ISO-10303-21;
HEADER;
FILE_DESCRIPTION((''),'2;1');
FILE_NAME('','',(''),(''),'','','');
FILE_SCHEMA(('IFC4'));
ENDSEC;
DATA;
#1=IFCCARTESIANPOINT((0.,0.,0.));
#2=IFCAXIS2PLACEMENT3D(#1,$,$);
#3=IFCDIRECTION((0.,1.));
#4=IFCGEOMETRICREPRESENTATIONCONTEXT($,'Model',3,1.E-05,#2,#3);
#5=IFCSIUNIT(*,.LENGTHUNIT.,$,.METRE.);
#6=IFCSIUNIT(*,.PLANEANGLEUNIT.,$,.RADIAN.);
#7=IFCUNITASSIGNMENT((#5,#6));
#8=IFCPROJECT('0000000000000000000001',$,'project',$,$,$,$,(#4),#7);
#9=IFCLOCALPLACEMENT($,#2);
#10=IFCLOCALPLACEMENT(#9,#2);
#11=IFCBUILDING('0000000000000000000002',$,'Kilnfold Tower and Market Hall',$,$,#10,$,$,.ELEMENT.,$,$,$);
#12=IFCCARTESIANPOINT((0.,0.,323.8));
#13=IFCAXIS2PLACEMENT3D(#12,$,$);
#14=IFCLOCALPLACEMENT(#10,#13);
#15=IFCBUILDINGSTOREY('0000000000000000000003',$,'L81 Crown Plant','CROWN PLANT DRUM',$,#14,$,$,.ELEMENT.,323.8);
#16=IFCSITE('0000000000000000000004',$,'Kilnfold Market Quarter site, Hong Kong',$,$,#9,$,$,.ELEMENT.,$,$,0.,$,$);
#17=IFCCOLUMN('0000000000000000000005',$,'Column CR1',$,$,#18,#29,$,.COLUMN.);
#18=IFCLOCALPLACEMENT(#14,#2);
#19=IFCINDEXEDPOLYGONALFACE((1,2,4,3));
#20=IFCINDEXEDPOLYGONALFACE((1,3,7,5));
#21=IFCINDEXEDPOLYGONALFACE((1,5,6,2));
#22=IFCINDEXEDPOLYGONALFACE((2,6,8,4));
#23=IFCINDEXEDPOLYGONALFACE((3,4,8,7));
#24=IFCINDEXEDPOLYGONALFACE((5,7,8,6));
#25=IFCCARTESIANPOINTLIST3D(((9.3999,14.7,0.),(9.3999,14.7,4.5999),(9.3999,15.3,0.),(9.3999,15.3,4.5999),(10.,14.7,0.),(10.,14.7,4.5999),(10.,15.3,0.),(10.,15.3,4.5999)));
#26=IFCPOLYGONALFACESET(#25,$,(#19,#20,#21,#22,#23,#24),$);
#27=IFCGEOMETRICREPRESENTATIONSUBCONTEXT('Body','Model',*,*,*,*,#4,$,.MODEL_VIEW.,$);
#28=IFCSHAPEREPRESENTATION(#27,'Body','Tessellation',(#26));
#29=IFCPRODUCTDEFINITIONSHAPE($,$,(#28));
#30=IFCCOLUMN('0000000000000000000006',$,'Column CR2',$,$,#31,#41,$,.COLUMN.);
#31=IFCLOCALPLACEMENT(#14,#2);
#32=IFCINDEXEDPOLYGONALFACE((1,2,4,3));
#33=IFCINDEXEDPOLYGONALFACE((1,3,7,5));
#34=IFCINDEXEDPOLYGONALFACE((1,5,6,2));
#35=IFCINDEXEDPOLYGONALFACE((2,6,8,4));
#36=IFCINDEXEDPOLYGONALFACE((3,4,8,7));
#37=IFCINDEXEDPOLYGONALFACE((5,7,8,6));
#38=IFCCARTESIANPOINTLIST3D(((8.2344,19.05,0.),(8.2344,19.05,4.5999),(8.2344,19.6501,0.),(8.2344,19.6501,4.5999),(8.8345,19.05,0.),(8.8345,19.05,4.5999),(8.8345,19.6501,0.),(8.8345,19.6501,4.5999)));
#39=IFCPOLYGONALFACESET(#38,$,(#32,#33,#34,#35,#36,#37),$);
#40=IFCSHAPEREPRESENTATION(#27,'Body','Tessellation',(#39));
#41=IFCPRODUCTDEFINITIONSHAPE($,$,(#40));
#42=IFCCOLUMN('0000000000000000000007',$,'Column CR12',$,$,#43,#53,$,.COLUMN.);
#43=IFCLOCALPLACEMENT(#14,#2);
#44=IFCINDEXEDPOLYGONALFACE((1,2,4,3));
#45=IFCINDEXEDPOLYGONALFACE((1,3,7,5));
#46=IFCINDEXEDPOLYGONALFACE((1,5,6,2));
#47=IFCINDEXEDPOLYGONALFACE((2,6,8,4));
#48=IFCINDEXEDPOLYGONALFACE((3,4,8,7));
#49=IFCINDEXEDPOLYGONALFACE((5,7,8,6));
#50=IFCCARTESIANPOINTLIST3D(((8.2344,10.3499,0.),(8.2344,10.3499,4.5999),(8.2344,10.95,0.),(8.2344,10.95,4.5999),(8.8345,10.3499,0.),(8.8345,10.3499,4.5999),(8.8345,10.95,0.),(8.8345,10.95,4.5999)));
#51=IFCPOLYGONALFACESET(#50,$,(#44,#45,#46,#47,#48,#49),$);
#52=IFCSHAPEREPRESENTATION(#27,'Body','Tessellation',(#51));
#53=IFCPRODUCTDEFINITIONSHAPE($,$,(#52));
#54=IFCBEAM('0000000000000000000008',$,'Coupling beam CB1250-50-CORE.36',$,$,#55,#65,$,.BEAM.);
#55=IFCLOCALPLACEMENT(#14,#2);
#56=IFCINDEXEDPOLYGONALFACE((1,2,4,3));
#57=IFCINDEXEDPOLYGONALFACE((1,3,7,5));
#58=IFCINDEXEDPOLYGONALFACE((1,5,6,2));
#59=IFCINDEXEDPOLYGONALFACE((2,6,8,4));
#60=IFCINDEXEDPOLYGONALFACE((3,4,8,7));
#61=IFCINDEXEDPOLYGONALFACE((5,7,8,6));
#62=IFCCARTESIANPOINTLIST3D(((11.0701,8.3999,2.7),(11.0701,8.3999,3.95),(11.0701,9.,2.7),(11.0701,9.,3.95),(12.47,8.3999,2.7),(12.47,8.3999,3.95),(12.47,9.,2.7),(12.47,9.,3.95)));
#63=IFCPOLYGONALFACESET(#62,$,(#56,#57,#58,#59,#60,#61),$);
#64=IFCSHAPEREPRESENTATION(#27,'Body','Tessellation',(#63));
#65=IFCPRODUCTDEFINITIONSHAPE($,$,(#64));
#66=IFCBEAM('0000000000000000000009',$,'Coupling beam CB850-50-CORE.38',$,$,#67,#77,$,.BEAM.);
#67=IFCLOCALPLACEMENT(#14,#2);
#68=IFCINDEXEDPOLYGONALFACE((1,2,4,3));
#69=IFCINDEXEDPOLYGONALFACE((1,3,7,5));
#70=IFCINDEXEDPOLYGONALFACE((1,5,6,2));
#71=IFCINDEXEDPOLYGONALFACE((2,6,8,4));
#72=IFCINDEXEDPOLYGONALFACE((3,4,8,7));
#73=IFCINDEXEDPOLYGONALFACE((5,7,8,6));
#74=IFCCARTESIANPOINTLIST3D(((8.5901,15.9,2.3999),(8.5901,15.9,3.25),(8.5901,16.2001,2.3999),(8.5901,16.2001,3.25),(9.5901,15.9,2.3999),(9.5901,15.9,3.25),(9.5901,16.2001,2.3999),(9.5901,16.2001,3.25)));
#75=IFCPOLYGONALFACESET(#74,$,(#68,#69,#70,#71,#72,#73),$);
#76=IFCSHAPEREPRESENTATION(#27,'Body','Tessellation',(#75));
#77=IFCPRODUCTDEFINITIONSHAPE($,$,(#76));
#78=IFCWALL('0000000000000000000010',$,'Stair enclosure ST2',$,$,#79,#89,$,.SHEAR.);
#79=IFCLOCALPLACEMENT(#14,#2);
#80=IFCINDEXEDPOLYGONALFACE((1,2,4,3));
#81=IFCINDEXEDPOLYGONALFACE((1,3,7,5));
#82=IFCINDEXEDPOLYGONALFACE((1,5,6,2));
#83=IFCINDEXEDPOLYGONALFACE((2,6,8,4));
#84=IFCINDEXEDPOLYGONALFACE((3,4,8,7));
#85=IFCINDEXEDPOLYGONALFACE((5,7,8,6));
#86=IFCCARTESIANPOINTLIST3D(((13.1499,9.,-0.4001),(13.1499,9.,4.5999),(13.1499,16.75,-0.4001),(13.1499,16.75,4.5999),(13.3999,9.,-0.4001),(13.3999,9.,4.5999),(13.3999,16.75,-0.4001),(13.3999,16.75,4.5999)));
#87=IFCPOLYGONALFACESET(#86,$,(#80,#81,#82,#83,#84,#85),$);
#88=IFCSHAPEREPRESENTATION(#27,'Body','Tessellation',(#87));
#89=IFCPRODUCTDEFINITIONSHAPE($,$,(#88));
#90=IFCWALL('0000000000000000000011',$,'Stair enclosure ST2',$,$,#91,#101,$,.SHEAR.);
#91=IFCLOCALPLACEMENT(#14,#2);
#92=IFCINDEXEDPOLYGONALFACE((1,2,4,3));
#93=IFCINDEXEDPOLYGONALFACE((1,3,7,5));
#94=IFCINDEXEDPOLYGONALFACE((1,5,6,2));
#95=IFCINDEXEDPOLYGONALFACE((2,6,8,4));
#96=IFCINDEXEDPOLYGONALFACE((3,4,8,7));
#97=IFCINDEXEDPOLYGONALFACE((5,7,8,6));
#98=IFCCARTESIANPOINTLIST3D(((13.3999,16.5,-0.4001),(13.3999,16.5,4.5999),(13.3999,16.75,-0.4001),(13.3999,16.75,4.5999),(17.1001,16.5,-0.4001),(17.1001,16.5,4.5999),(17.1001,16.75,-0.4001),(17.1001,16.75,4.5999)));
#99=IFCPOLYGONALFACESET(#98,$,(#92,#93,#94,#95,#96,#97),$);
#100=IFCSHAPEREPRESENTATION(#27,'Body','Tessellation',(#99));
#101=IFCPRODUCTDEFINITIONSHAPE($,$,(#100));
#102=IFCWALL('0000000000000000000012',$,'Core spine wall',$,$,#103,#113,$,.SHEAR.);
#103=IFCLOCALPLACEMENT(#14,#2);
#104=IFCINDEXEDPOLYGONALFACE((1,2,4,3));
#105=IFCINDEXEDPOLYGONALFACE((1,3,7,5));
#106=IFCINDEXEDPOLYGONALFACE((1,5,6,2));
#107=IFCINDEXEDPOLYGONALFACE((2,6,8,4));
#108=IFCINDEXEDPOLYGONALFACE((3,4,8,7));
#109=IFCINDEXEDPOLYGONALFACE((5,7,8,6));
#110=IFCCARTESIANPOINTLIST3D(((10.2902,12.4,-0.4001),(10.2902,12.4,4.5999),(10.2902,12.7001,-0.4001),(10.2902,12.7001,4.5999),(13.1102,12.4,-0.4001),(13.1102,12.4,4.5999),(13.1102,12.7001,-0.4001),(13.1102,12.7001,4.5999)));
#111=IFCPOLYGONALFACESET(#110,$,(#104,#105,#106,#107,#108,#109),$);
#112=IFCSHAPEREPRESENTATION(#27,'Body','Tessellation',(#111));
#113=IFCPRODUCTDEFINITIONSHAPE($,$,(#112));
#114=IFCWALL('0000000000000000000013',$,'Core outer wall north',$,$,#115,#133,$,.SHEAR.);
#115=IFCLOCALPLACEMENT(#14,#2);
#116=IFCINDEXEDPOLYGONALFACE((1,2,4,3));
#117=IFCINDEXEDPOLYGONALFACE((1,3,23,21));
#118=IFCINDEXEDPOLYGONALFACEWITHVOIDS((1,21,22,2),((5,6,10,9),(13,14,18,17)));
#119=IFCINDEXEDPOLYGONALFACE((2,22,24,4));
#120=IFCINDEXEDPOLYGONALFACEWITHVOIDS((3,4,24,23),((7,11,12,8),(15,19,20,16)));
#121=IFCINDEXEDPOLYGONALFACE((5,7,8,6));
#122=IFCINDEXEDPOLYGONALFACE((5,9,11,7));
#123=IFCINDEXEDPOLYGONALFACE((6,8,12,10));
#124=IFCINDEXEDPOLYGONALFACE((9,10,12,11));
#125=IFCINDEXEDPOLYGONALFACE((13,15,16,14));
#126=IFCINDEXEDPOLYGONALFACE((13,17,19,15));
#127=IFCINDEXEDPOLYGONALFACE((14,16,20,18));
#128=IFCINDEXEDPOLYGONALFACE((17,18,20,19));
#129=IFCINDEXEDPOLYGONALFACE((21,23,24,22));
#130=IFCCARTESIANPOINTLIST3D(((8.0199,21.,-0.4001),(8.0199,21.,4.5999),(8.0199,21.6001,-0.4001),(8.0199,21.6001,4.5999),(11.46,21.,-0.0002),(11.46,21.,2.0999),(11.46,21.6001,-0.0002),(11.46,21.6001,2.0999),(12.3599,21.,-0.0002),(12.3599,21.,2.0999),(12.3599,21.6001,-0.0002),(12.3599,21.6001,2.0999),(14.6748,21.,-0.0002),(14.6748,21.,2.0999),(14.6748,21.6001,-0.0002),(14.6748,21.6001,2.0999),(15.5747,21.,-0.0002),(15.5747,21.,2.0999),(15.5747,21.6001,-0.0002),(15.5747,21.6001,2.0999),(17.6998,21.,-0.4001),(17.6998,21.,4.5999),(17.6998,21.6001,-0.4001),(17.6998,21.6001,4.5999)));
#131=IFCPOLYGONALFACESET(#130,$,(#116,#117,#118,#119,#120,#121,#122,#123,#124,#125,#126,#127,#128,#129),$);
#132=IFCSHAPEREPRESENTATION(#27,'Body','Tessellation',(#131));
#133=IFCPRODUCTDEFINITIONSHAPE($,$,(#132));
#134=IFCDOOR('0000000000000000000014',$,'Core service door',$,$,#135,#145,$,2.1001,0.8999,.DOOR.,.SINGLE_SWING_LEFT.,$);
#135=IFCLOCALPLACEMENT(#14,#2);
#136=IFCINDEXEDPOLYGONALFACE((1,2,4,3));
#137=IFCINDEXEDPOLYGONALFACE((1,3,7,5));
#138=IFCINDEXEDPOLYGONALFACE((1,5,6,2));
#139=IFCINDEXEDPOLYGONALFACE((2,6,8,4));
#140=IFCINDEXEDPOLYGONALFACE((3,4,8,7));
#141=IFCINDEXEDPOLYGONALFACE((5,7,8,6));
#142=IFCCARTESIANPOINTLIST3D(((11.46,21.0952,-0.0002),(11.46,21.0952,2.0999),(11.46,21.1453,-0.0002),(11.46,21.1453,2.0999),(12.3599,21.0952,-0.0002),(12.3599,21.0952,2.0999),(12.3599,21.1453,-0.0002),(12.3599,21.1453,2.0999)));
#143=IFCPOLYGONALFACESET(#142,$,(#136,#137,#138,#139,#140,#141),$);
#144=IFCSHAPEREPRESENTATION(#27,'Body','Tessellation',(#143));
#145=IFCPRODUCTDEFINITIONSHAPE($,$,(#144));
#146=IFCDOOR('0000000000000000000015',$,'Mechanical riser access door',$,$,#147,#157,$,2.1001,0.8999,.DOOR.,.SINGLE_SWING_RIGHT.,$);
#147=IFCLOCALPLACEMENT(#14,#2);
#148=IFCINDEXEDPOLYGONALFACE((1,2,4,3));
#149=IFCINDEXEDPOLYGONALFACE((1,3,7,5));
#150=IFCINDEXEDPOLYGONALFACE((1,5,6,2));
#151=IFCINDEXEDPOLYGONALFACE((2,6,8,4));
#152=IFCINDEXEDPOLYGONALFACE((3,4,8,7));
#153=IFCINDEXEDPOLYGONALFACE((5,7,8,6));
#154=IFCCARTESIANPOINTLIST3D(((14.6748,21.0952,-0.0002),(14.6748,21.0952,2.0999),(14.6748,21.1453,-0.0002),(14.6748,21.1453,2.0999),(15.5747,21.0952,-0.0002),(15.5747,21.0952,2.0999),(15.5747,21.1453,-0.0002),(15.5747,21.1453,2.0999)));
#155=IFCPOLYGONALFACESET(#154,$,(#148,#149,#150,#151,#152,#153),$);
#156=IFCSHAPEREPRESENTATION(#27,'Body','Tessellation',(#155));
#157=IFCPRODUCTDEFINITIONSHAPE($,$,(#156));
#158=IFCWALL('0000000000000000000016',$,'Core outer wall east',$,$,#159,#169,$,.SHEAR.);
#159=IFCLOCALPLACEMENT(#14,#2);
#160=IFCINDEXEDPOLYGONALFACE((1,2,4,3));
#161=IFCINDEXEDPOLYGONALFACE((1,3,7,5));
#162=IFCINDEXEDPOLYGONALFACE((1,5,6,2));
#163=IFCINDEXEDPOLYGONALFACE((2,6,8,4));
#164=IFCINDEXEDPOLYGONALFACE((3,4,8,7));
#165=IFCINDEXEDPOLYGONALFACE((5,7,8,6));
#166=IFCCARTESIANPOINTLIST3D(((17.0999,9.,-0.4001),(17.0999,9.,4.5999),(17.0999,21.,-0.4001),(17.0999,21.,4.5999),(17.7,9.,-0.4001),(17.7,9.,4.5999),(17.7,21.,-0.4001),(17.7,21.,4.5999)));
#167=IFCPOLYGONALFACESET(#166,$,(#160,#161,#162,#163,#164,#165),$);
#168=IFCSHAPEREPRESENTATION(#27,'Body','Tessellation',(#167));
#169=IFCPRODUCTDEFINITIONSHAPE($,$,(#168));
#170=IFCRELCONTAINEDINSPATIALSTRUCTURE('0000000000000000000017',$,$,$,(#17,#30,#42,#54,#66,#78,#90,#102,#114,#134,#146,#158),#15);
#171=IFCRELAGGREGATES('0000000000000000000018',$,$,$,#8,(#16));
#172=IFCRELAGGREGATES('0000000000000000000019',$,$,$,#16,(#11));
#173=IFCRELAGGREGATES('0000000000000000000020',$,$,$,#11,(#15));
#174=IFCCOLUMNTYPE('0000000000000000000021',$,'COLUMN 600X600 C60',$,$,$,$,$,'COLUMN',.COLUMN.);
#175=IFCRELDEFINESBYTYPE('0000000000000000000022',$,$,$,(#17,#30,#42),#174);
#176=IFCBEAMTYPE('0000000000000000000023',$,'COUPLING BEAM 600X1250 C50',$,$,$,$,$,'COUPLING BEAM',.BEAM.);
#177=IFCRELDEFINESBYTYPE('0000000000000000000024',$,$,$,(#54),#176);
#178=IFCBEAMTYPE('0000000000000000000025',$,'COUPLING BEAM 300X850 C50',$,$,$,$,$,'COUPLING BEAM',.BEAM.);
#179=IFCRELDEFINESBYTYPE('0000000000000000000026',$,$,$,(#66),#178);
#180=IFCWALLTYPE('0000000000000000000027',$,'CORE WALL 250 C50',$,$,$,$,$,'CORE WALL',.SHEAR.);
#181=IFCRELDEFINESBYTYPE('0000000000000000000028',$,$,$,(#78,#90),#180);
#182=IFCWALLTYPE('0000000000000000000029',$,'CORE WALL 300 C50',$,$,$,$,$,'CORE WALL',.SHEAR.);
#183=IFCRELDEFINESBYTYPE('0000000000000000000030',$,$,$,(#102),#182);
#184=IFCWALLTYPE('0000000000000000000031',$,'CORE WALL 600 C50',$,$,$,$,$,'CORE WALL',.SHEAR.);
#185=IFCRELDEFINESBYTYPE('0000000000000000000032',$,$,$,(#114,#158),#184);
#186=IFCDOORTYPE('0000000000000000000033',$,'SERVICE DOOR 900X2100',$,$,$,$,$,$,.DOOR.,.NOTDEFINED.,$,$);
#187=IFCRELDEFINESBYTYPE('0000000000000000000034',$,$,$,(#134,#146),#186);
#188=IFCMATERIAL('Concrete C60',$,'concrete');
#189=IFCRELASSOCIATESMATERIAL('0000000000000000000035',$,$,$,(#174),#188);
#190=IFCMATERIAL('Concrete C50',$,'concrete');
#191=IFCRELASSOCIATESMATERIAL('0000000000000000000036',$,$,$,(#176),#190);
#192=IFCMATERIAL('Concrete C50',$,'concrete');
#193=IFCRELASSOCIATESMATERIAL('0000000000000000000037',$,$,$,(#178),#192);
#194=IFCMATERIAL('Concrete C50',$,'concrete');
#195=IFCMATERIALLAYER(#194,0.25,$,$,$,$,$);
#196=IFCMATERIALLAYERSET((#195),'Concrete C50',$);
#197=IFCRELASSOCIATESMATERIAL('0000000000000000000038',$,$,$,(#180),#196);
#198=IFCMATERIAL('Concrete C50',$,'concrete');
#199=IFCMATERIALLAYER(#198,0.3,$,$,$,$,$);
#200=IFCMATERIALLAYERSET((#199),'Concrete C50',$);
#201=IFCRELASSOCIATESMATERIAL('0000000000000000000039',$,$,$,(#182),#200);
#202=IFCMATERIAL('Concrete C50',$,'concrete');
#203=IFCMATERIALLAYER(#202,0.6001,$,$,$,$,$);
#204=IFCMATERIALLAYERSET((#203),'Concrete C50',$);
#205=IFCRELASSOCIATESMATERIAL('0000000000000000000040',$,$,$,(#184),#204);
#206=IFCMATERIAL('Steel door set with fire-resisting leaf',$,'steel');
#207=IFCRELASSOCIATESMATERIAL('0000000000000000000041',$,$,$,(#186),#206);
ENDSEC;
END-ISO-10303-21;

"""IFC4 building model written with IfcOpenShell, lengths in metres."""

from ifc_helpers import new_model, si_unit, direction, frame, frame_2d, origin, origin_2d, place, context, subcontext, project, spatial, rectangle, extrude, source, transform, mapped, material, layer, layer_set, material_profile, profile_set, type_object, element, fill, save


model = new_model("IFC4")

# Units and contexts
model_context = context("Model", 3, precision=1e-05, world=origin(), true_north=direction((0.0, 1.0)))
body_context = subcontext(model_context, "Body", "Model", "MODEL_VIEW")
ifc_project = project(units=[si_unit("LENGTHUNIT", "METRE"), si_unit("PLANEANGLEUNIT", "RADIAN")], contexts=[model_context])

# Site, building, storey
site_placement = place(None, origin())
site = spatial("IfcSite", under=ifc_project, at=site_placement, Name="Kilnfold Market Quarter site, Hong Kong", CompositionType="ELEMENT", RefElevation=0.0)
building_placement = place(site_placement, origin())
building = spatial("IfcBuilding", under=site, at=building_placement, Name="Kilnfold Tower and Market Hall", CompositionType="ELEMENT")
storey_placement = place(building_placement, frame((0.0, 0.0, 323.8)))
storey = spatial("IfcBuildingStorey", under=building, at=storey_placement, Name="L81 Crown Plant", Description="CROWN PLANT DRUM", CompositionType="ELEMENT", Elevation=323.8)

# Columns
ifc_material_1 = material(Name="Concrete C60", Category="concrete")
ifc_material_profile_1 = material_profile(ifc_material_1, rectangle(XDim=0.6001, YDim=0.6001, at=origin_2d()), Name="RC 600x600")
ifc_profile_set_1 = profile_set([ifc_material_profile_1], Name="Concrete C60")
column_type = type_object("IfcColumnType", Name="COLUMN 600X600 C60", ElementType="COLUMN", PredefinedType="COLUMN", material=ifc_profile_set_1)
shared_shape_1 = source(origin(), body_context, "Body", "SweptSolid", [
    extrude(rectangle(XDim=0.6001, YDim=0.6001, at=origin_2d()), origin(), (0.0, 0.0, 1.0), 4.5999),
])
for number, where, z_axis, x_axis, name in (
    (1, (9.7, 15.0, 0.0), (0.0, 0.0, 1.0), (1.0, 0.0, 0.0), "Column CR1"),
    (2, (8.5344, 19.3501, 0.0), (0.0, 0.0, 1.0), (1.0, 0.0, 0.0), "Column CR2"),
    (3, (8.5344, 10.6499, 0.0), (0.0, 0.0, 1.0), (1.0, 0.0, 0.0), "Column CR12"),
):
    element("IfcColumn", number, at=place(storey_placement, frame(where, z_axis=z_axis, x_axis=x_axis)), inside=storey, type_object=column_type, Name=name, PredefinedType="COLUMN", context=body_context, shape_type="MappedRepresentation", body=[
        mapped(shared_shape_1, transform((0.0, 0.0, 0.0))),
    ])

# Beams
ifc_material_2 = material(Name="Concrete C50", Category="concrete")
ifc_material_profile_2 = material_profile(ifc_material_2, rectangle(XDim=0.6001, YDim=1.25, at=origin_2d()), Name="RC 600x1250")
ifc_profile_set_2 = profile_set([ifc_material_profile_2], Name="Concrete C50")
beam_type_1 = type_object("IfcBeamType", Name="COUPLING BEAM 600X1250 C50", ElementType="COUPLING BEAM", PredefinedType="BEAM", material=ifc_profile_set_2)
shared_shape_2 = source(origin(), body_context, "Body", "SweptSolid", [
    extrude(rectangle(XDim=0.6001, YDim=1.25, at=origin_2d()), origin(), (0.0, 0.0, 1.0), 1.3999),
])
beam_1_placement = place(storey_placement, frame((11.0701, 8.7, 3.325), z_axis=(1.0, 0.0, 0.0), x_axis=(0.0, 1.0, 0.0)))
element("IfcBeam", 4, at=beam_1_placement, inside=storey, type_object=beam_type_1, Name="Coupling beam CB1250-50-CORE.36", PredefinedType="BEAM", context=body_context, shape_type="MappedRepresentation", body=[
    mapped(shared_shape_2, transform((0.0, 0.0, 0.0))),
])
ifc_material_3 = material(Name="Concrete C50", Category="concrete")
ifc_material_profile_3 = material_profile(ifc_material_3, rectangle(XDim=0.3, YDim=0.8501, at=origin_2d()), Name="RC 300x850")
ifc_profile_set_3 = profile_set([ifc_material_profile_3], Name="Concrete C50")
beam_type_2 = type_object("IfcBeamType", Name="COUPLING BEAM 300X850 C50", ElementType="COUPLING BEAM", PredefinedType="BEAM", material=ifc_profile_set_3)
shared_shape_3 = source(origin(), body_context, "Body", "SweptSolid", [
    extrude(rectangle(XDim=0.3, YDim=0.8501, at=origin_2d()), origin(), (0.0, 0.0, 1.0), 1.0),
])
beam_2_placement = place(storey_placement, frame((8.5901, 16.05, 2.825), z_axis=(1.0, 0.0, 0.0), x_axis=(0.0, 1.0, 0.0)))
element("IfcBeam", 5, at=beam_2_placement, inside=storey, type_object=beam_type_2, Name="Coupling beam CB850-50-CORE.38", PredefinedType="BEAM", context=body_context, shape_type="MappedRepresentation", body=[
    mapped(shared_shape_3, transform((0.0, 0.0, 0.0))),
])

# Walls
ifc_material_4 = material(Name="Concrete C50", Category="concrete")
ifc_layer_1 = layer(ifc_material_4, 0.25)
ifc_layer_set_1 = layer_set([ifc_layer_1], Name="Concrete C50")
wall_type_1 = type_object("IfcWallType", Name="CORE WALL 250 C50", ElementType="CORE WALL", PredefinedType="SHEAR", material=ifc_layer_set_1)
shared_shape_4 = source(origin(), body_context, "Body", "SweptSolid", [
    extrude(rectangle(XDim=7.75, YDim=0.25, at=frame_2d((3.875, 0.0))), origin(), (0.0, 0.0, 1.0), 5.0),
])
wall_1_placement = place(storey_placement, frame((13.2749, 9.0, -0.4001), z_axis=(0.0, 0.0, 1.0), x_axis=(0.0, 1.0, 0.0)))
element("IfcWall", 6, at=wall_1_placement, inside=storey, type_object=wall_type_1, Name="Stair enclosure ST2", PredefinedType="SHEAR", context=body_context, shape_type="MappedRepresentation", body=[
    mapped(shared_shape_4, transform((0.0, 0.0, 0.0))),
])
shared_shape_5 = source(origin(), body_context, "Body", "SweptSolid", [
    extrude(rectangle(XDim=3.7002, YDim=0.25, at=frame_2d((1.8501, 0.0))), origin(), (0.0, 0.0, 1.0), 5.0),
])
wall_2_placement = place(storey_placement, frame((13.3999, 16.625, -0.4001), z_axis=(0.0, 0.0, 1.0), x_axis=(1.0, 0.0, 0.0)))
element("IfcWall", 7, at=wall_2_placement, inside=storey, type_object=wall_type_1, Name="Stair enclosure ST2", PredefinedType="SHEAR", context=body_context, shape_type="MappedRepresentation", body=[
    mapped(shared_shape_5, transform((0.0, 0.0, 0.0))),
])
ifc_material_5 = material(Name="Concrete C50", Category="concrete")
ifc_layer_2 = layer(ifc_material_5, 0.3)
ifc_layer_set_2 = layer_set([ifc_layer_2], Name="Concrete C50")
wall_type_2 = type_object("IfcWallType", Name="CORE WALL 300 C50", ElementType="CORE WALL", PredefinedType="SHEAR", material=ifc_layer_set_2)
shared_shape_6 = source(origin(), body_context, "Body", "SweptSolid", [
    extrude(rectangle(XDim=2.8201, YDim=0.3, at=frame_2d((1.4102, 0.0))), origin(), (0.0, 0.0, 1.0), 5.0),
])
wall_3_placement = place(storey_placement, frame((10.29, 12.55, -0.4001), z_axis=(0.0, 0.0, 1.0), x_axis=(1.0, 0.0, 0.0)))
element("IfcWall", 8, at=wall_3_placement, inside=storey, type_object=wall_type_2, Name="Core spine wall", PredefinedType="SHEAR", context=body_context, shape_type="MappedRepresentation", body=[
    mapped(shared_shape_6, transform((0.0, 0.0, 0.0))),
])

# Wall, openings, doors
ifc_material_6 = material(Name="Concrete C50", Category="concrete")
ifc_layer_3 = layer(ifc_material_6, 0.6001)
ifc_layer_set_3 = layer_set([ifc_layer_3], Name="Concrete C50")
wall_type_3 = type_object("IfcWallType", Name="CORE WALL 600 C50", ElementType="CORE WALL", PredefinedType="SHEAR", material=ifc_layer_set_3)
shared_shape_7 = source(origin(), body_context, "Body", "SweptSolid", [
    extrude(rectangle(XDim=9.6799, YDim=0.6001, at=frame_2d((4.8398, 0.0))), origin(), (0.0, 0.0, 1.0), 5.0),
])
wall_4_placement = place(storey_placement, frame((8.02, 21.3, -0.4001), z_axis=(0.0, 0.0, 1.0), x_axis=(1.0, 0.0, 0.0)))
wall_4 = element("IfcWall", 9, at=wall_4_placement, inside=storey, type_object=wall_type_3, Name="Core outer wall north", PredefinedType="SHEAR", context=body_context, shape_type="MappedRepresentation", body=[
    mapped(shared_shape_7, transform((0.0, 0.0, 0.0))),
])
opening_1_placement = place(wall_4_placement, frame((3.4399, 0.0, 0.3999)))
opening_1 = element("IfcOpeningElement", 10, at=opening_1_placement, cuts=wall_4, PredefinedType="OPENING", context=body_context, shape_type="SweptSolid", body=[
    extrude(rectangle(XDim=0.8999, YDim=2.1001, at=frame_2d((0.45, 1.05))), frame((0.0, 0.3101, 0.0), z_axis=(0.0, -1.0, 0.0), x_axis=(1.0, 0.0, 0.0)), (0.0, 0.0, 1.0), 0.6201),
])
opening_2_placement = place(wall_4_placement, frame((6.6548, 0.0, 0.3999)))
opening_2 = element("IfcOpeningElement", 11, at=opening_2_placement, cuts=wall_4, PredefinedType="OPENING", context=body_context, shape_type="SweptSolid", body=[
    extrude(rectangle(XDim=0.8999, YDim=2.1001, at=frame_2d((0.45, 1.05))), frame((0.0, 0.3101, 0.0), z_axis=(0.0, -1.0, 0.0), x_axis=(1.0, 0.0, 0.0)), (0.0, 0.0, 1.0), 0.6201),
])
ifc_material_7 = material(Name="Steel door set with fire-resisting leaf", Category="steel")
door_type_1 = type_object("IfcDoorType", Name="SERVICE DOOR 900X2100", OperationType="NOTDEFINED", PredefinedType="DOOR", material=ifc_material_7)
door_1_placement = place(opening_1_placement, origin())
door_1 = element("IfcDoor", 12, at=door_1_placement, inside=storey, type_object=door_type_1, Name="Core service door", OperationType="SINGLE_SWING_LEFT", OverallHeight=2.1001, OverallWidth=0.8999, PredefinedType="DOOR", context=body_context, shape_type="SweptSolid", body=[
    extrude(rectangle(XDim=0.8999, YDim=2.1001, at=frame_2d((0.45, 1.05))), frame((0.0, -0.1548, 0.0), z_axis=(0.0, -1.0, 0.0), x_axis=(1.0, 0.0, 0.0)), (0.0, 0.0, 1.0), 0.05),
])
fill(opening_1, door_1)
door_2_placement = place(opening_2_placement, origin())
door_2 = element("IfcDoor", 13, at=door_2_placement, inside=storey, type_object=door_type_1, Name="Mechanical riser access door", OperationType="SINGLE_SWING_RIGHT", OverallHeight=2.1001, OverallWidth=0.8999, PredefinedType="DOOR", context=body_context, shape_type="SweptSolid", body=[
    extrude(rectangle(XDim=0.8999, YDim=2.1001, at=frame_2d((0.45, 1.05))), frame((0.0, -0.1548, 0.0), z_axis=(0.0, -1.0, 0.0), x_axis=(1.0, 0.0, 0.0)), (0.0, 0.0, 1.0), 0.05),
])
fill(opening_2, door_2)

# Wall
shared_shape_8 = source(origin(), body_context, "Body", "SweptSolid", [
    extrude(rectangle(XDim=12.0, YDim=0.6001, at=frame_2d((6.0, 0.0))), origin(), (0.0, 0.0, 1.0), 5.0),
])
wall_5_placement = place(storey_placement, frame((17.3999, 9.0, -0.4001), z_axis=(0.0, 0.0, 1.0), x_axis=(0.0, 1.0, 0.0)))
element("IfcWall", 14, at=wall_5_placement, inside=storey, type_object=wall_type_3, Name="Core outer wall east", PredefinedType="SHEAR", context=body_context, shape_type="MappedRepresentation", body=[
    mapped(shared_shape_8, transform((0.0, 0.0, 0.0))),
])

save(model, "model.ifc")
